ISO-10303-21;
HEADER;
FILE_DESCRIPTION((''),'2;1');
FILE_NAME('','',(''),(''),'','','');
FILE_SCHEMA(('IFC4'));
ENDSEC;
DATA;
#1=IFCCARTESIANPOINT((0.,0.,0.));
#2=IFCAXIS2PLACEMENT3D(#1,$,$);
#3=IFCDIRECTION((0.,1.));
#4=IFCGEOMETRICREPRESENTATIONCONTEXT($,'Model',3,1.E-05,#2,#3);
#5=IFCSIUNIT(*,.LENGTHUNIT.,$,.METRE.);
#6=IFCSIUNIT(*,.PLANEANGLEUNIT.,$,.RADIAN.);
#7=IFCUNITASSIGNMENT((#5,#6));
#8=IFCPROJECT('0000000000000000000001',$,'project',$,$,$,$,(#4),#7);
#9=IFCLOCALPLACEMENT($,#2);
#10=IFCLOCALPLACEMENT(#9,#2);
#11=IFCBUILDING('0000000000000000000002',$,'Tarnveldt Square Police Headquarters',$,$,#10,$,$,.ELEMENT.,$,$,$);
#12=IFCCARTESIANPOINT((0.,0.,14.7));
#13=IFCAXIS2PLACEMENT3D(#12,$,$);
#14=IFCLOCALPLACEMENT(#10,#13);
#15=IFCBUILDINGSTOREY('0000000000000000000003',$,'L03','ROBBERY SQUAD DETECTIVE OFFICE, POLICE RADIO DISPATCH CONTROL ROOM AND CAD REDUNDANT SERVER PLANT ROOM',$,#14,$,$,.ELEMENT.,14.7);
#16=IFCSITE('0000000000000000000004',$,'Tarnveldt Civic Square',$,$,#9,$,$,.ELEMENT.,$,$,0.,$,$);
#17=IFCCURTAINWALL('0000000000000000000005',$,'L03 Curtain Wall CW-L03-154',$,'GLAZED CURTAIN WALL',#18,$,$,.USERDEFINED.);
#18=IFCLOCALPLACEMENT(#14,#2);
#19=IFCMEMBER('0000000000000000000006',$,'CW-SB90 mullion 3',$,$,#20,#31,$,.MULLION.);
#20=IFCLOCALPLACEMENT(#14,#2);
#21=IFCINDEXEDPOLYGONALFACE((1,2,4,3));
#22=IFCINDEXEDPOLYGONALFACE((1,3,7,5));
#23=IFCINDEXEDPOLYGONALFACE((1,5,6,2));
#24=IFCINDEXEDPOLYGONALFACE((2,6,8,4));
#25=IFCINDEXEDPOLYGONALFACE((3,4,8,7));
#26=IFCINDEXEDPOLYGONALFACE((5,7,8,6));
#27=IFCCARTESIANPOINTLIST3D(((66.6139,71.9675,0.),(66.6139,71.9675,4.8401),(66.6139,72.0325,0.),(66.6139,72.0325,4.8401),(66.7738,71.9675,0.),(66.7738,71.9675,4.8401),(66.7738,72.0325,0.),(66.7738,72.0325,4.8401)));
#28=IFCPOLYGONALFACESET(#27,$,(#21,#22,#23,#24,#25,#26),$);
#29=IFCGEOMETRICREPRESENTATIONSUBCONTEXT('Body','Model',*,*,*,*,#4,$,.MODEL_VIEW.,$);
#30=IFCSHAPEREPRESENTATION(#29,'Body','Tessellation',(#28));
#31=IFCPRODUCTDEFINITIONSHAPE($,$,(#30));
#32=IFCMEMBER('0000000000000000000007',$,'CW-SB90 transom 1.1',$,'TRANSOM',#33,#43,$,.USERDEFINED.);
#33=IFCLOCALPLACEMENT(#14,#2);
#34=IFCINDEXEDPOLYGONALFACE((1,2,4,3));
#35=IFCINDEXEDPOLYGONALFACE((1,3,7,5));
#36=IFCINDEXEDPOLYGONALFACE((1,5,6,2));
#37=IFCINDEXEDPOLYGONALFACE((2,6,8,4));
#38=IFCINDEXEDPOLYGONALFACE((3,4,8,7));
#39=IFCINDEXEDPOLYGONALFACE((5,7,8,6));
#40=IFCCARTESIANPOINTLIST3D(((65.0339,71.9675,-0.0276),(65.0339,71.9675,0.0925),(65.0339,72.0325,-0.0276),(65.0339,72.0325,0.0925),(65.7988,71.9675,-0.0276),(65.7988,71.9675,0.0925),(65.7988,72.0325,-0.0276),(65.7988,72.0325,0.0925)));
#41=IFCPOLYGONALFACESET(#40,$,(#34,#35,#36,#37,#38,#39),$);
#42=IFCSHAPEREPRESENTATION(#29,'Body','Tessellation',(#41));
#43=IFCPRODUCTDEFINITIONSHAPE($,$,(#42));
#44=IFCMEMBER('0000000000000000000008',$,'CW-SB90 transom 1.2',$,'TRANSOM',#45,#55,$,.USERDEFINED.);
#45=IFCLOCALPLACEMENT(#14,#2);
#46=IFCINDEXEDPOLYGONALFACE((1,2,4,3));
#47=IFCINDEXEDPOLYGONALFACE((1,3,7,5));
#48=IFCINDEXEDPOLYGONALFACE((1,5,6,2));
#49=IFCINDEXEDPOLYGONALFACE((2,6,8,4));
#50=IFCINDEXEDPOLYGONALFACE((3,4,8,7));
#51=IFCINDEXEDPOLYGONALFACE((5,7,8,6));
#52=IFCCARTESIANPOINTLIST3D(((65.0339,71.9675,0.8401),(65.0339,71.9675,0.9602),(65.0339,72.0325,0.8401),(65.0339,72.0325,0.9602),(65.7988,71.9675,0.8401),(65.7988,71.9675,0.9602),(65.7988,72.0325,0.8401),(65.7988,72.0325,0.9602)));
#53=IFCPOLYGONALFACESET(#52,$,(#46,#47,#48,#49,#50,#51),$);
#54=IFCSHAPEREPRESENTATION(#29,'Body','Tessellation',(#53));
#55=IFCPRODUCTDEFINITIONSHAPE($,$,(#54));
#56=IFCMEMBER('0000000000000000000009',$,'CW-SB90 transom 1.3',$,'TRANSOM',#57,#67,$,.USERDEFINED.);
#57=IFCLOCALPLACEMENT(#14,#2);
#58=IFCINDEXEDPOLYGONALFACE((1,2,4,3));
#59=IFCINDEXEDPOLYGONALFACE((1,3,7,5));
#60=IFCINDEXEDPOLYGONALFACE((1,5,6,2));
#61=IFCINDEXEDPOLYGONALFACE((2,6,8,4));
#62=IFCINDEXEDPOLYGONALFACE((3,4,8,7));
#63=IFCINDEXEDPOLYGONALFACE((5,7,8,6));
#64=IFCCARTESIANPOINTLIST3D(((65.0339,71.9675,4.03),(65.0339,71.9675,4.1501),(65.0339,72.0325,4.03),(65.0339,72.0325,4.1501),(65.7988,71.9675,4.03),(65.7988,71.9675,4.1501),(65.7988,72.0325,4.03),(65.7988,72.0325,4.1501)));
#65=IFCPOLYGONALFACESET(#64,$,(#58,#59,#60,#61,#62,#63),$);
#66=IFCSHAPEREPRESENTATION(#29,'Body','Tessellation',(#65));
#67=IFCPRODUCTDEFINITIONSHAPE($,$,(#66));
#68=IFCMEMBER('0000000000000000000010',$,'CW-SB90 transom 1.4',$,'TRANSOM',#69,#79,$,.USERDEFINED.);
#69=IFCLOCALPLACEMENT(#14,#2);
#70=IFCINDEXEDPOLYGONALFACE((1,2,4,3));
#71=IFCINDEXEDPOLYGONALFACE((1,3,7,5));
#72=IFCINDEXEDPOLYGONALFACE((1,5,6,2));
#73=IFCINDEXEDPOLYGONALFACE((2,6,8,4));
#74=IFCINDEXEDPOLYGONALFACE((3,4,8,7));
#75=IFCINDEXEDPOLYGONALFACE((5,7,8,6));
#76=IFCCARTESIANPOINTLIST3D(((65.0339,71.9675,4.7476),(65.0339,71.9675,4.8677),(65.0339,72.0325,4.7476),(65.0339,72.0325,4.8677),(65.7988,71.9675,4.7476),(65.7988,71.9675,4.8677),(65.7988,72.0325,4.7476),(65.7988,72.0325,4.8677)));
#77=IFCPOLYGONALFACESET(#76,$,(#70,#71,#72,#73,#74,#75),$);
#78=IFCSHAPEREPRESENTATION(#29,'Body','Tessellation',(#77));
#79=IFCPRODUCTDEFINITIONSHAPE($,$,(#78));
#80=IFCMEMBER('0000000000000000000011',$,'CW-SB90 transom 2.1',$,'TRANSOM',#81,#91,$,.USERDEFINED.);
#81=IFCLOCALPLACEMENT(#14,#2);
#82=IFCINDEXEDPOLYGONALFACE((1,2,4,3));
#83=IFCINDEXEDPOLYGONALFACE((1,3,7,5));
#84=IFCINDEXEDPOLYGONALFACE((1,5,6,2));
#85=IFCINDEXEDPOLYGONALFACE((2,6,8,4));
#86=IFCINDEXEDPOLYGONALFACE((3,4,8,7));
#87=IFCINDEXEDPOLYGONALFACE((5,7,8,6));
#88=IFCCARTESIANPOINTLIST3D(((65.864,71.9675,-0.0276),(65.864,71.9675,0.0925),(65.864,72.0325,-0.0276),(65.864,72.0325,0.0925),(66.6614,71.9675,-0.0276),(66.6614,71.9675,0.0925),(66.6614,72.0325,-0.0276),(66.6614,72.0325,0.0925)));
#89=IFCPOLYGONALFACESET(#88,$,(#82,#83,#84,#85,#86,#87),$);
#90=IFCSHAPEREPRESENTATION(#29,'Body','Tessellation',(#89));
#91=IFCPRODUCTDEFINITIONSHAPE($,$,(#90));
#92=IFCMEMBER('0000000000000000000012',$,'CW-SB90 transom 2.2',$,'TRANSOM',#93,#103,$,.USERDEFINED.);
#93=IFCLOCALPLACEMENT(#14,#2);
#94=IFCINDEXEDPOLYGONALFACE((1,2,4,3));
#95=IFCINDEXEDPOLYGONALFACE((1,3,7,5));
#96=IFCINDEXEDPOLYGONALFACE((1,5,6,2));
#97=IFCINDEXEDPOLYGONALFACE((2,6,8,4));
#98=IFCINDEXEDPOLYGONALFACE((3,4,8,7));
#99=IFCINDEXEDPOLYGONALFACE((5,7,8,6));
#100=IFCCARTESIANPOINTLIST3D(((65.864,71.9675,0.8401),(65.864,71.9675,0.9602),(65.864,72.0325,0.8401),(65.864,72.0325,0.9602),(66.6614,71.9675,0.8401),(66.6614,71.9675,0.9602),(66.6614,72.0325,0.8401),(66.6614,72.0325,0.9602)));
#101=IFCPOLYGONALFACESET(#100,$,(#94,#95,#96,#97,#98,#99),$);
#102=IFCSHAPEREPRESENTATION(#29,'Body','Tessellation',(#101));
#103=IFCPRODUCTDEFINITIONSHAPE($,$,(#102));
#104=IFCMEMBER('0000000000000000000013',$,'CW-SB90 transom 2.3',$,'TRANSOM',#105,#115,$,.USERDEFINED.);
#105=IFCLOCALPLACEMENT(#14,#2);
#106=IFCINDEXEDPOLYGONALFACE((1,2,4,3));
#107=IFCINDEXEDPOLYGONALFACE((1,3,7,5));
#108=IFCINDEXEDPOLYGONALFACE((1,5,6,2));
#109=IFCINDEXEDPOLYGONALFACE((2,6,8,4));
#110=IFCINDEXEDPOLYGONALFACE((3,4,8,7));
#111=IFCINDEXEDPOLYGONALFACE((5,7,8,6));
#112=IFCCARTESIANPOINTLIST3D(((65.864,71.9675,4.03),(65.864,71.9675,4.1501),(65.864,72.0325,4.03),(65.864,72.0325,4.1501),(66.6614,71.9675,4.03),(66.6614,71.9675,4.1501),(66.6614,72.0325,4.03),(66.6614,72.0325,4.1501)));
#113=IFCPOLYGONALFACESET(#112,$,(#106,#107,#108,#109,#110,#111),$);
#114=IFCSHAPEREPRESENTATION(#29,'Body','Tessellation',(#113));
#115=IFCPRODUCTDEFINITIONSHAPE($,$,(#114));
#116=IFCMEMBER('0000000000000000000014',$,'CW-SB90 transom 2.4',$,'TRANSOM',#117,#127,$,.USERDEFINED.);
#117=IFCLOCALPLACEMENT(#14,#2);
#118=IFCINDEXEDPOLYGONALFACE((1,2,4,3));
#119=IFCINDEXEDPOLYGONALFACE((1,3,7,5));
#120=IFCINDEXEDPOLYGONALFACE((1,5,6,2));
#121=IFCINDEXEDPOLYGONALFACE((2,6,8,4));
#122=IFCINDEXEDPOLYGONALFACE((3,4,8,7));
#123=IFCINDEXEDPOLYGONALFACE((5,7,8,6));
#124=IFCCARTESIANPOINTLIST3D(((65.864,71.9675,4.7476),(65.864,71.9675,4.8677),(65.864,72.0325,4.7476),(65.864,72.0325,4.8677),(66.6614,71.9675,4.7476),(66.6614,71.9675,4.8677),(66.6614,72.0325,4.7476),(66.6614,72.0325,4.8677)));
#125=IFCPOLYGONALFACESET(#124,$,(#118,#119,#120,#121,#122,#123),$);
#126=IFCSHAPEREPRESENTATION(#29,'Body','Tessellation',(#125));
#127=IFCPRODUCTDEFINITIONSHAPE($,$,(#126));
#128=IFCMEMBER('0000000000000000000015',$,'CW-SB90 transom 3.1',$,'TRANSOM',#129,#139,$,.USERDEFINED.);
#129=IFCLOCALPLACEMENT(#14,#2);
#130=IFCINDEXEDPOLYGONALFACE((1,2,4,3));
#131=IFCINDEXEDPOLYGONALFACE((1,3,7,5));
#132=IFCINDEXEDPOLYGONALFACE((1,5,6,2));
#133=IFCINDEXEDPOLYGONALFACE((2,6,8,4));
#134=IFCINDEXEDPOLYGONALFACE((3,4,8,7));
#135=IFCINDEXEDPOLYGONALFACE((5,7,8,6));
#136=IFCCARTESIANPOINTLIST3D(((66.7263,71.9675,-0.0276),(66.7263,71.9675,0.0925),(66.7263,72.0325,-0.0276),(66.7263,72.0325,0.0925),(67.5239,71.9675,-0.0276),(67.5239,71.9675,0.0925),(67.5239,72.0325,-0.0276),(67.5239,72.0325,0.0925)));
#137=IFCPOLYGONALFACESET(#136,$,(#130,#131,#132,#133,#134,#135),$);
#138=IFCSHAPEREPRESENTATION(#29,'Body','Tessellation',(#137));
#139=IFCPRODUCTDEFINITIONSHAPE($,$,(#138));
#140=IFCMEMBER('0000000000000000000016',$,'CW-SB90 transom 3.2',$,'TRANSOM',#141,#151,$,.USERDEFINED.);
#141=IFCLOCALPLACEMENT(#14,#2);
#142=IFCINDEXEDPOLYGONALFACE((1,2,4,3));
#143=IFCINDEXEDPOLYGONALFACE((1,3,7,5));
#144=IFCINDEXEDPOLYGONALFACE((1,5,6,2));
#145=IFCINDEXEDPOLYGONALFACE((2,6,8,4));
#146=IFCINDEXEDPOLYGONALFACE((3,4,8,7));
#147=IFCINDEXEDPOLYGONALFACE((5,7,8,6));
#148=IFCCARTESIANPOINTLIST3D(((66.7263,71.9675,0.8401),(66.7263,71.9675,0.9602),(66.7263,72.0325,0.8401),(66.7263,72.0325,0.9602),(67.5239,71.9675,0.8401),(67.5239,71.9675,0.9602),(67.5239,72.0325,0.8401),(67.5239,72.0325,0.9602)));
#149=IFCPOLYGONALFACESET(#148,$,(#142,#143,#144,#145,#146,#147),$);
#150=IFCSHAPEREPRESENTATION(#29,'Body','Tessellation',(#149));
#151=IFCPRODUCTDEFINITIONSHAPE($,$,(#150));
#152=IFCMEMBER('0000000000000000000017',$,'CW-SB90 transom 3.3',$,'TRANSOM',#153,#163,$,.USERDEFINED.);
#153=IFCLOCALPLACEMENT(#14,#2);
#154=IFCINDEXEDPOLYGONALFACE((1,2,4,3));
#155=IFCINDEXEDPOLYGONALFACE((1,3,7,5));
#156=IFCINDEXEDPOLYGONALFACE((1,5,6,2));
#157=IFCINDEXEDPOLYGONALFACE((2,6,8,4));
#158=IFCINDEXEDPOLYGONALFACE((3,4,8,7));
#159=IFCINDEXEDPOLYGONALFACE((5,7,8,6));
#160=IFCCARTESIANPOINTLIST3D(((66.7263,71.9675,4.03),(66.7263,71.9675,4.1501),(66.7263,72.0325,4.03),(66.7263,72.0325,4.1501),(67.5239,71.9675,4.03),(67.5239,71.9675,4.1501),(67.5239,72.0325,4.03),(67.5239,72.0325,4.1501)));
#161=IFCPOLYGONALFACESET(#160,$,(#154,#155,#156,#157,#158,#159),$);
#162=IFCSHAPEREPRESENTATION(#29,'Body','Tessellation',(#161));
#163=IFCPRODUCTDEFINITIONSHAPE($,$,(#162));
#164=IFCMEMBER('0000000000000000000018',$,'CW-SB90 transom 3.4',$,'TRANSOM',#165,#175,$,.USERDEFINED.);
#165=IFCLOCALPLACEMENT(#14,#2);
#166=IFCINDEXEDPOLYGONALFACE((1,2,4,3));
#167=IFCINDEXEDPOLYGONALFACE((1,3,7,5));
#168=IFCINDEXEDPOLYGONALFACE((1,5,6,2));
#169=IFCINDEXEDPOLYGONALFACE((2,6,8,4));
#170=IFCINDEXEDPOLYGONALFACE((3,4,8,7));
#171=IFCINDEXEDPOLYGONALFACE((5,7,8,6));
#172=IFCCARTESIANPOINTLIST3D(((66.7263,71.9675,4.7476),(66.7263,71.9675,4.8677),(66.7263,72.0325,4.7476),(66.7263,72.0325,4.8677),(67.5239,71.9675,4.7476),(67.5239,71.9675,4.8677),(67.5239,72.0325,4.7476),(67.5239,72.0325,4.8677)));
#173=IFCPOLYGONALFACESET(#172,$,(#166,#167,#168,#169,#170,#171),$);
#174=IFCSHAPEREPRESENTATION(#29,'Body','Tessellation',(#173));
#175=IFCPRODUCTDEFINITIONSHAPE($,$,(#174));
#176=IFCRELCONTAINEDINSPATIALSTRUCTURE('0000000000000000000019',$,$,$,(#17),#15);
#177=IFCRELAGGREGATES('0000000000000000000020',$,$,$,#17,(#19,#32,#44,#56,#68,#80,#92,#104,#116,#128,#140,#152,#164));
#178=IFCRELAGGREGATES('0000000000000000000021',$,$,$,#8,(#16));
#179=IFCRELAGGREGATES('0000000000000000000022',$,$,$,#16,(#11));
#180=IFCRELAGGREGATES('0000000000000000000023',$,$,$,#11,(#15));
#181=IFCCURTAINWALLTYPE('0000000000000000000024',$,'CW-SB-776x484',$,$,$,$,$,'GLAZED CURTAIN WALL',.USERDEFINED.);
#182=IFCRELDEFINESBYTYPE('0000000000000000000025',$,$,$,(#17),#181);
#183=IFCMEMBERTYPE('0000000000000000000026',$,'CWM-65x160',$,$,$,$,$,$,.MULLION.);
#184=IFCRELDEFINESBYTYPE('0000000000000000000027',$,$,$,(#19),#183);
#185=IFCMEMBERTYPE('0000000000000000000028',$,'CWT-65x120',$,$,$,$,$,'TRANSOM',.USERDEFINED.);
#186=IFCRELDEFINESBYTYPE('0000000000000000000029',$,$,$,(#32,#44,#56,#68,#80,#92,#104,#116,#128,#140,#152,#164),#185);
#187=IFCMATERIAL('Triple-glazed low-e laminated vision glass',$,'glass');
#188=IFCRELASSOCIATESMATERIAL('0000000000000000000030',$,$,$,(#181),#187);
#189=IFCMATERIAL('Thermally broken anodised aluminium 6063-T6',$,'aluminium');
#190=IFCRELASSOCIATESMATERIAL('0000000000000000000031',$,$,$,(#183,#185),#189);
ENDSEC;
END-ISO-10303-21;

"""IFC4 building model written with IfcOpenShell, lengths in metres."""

from ifc_helpers import new_model, si_unit, direction, frame, origin, origin_2d, place, context, subcontext, project, spatial, rectangle, extrude, material, material_profile, profile_set, type_object, element, aggregate, save


model = new_model("IFC4")

# Units and contexts
model_context = context("Model", 3, precision=1e-05, world=origin(), true_north=direction((0.0, 1.0)))
body_context = subcontext(model_context, "Body", "Model", "MODEL_VIEW")
ifc_project = project(units=[si_unit("LENGTHUNIT", "METRE"), si_unit("PLANEANGLEUNIT", "RADIAN")], contexts=[model_context])

# Site, building, storey
site_placement = place(None, origin())
site = spatial("IfcSite", under=ifc_project, at=site_placement, Name="Tarnveldt Civic Square", CompositionType="ELEMENT", RefElevation=0.0)
building_placement = place(site_placement, origin())
building = spatial("IfcBuilding", under=site, at=building_placement, Name="Tarnveldt Square Police Headquarters", CompositionType="ELEMENT")
storey_placement = place(building_placement, frame((0.0, 0.0, 14.7)))
storey = spatial("IfcBuildingStorey", under=building, at=storey_placement, Name="L03", Description="ROBBERY SQUAD DETECTIVE OFFICE, POLICE RADIO DISPATCH CONTROL ROOM AND CAD REDUNDANT SERVER PLANT ROOM", CompositionType="ELEMENT", Elevation=14.7)

# Shared definitions
ifc_material_1 = material(Name="Triple-glazed low-e laminated vision glass", Category="glass")
curtain_wall_type = type_object("IfcCurtainWallType", Name="CW-SB-776x484", ElementType="GLAZED CURTAIN WALL", PredefinedType="USERDEFINED", material=ifc_material_1)
ifc_material_2 = material(Name="Thermally broken anodised aluminium 6063-T6", Category="aluminium")
ifc_material_profile_1 = material_profile(ifc_material_2, rectangle(XDim=0.0649, YDim=0.1599, at=origin_2d()), Name="CW-M65x160")
ifc_profile_set_1 = profile_set([ifc_material_profile_1], Name="Thermally broken anodised aluminium 6063-T6")
member_type_1 = type_object("IfcMemberType", Name="CWM-65x160", PredefinedType="MULLION", material=ifc_profile_set_1)

# Curtain wall, members
curtain_wall_1_placement = place(storey_placement, origin())
curtain_wall_1 = element("IfcCurtainWall", 1, at=curtain_wall_1_placement, inside=storey, type_object=curtain_wall_type, Name="L03 Curtain Wall CW-L03-154", ObjectType="GLAZED CURTAIN WALL", PredefinedType="USERDEFINED")
member_1_placement = place(storey_placement, frame((66.6938, 72.0, 0.0), z_axis=(0.0, 0.0, 1.0), x_axis=(0.0, 1.0, 0.0)))
member_1 = element("IfcMember", 2, at=member_1_placement, type_object=member_type_1, Name="CW-SB90 mullion 3", PredefinedType="MULLION", context=body_context, shape_type="SweptSolid", body=[
    extrude(rectangle(XDim=0.0649, YDim=0.1599, at=origin_2d()), origin(), (0.0, 0.0, 1.0), 4.8401),
])
ifc_material_profile_2 = material_profile(ifc_material_2, rectangle(XDim=0.0649, YDim=0.1201, at=origin_2d()), Name="CW-T65x120")
ifc_profile_set_2 = profile_set([ifc_material_profile_2], Name="Thermally broken anodised aluminium 6063-T6")
member_type_2 = type_object("IfcMemberType", Name="CWT-65x120", ElementType="TRANSOM", PredefinedType="USERDEFINED", material=ifc_profile_set_2)
member_2_placement = place(storey_placement, frame((65.0339, 72.0, 0.0325), z_axis=(1.0, 0.0, 0.0), x_axis=(0.0, 1.0, 0.0)))
member_2 = element("IfcMember", 3, at=member_2_placement, type_object=member_type_2, Name="CW-SB90 transom 1.1", ObjectType="TRANSOM", PredefinedType="USERDEFINED", context=body_context, shape_type="SweptSolid", body=[
    extrude(rectangle(XDim=0.0649, YDim=0.1201, at=origin_2d()), origin(), (0.0, 0.0, 1.0), 0.7649),
])
member_3_placement = place(storey_placement, frame((65.0339, 72.0, 0.9001), z_axis=(1.0, 0.0, 0.0), x_axis=(0.0, 1.0, 0.0)))
member_3 = element("IfcMember", 4, at=member_3_placement, type_object=member_type_2, Name="CW-SB90 transom 1.2", ObjectType="TRANSOM", PredefinedType="USERDEFINED", context=body_context, shape_type="SweptSolid", body=[
    extrude(rectangle(XDim=0.0649, YDim=0.1201, at=origin_2d()), origin(), (0.0, 0.0, 1.0), 0.7649),
])
member_4_placement = place(storey_placement, frame((65.0339, 72.0, 4.0901), z_axis=(1.0, 0.0, 0.0), x_axis=(0.0, 1.0, 0.0)))
member_4 = element("IfcMember", 5, at=member_4_placement, type_object=member_type_2, Name="CW-SB90 transom 1.3", ObjectType="TRANSOM", PredefinedType="USERDEFINED", context=body_context, shape_type="SweptSolid", body=[
    extrude(rectangle(XDim=0.0649, YDim=0.1201, at=origin_2d()), origin(), (0.0, 0.0, 1.0), 0.7649),
])
member_5_placement = place(storey_placement, frame((65.0339, 72.0, 4.8076), z_axis=(1.0, 0.0, 0.0), x_axis=(0.0, 1.0, 0.0)))
member_5 = element("IfcMember", 6, at=member_5_placement, type_object=member_type_2, Name="CW-SB90 transom 1.4", ObjectType="TRANSOM", PredefinedType="USERDEFINED", context=body_context, shape_type="SweptSolid", body=[
    extrude(rectangle(XDim=0.0649, YDim=0.1201, at=origin_2d()), origin(), (0.0, 0.0, 1.0), 0.7649),
])
member_6_placement = place(storey_placement, frame((65.864, 72.0, 0.0325), z_axis=(1.0, 0.0, 0.0), x_axis=(0.0, 1.0, 0.0)))
member_6 = element("IfcMember", 7, at=member_6_placement, type_object=member_type_2, Name="CW-SB90 transom 2.1", ObjectType="TRANSOM", PredefinedType="USERDEFINED", context=body_context, shape_type="SweptSolid", body=[
    extrude(rectangle(XDim=0.0649, YDim=0.1201, at=origin_2d()), origin(), (0.0, 0.0, 1.0), 0.7974),
])
member_7_placement = place(storey_placement, frame((65.864, 72.0, 0.9001), z_axis=(1.0, 0.0, 0.0), x_axis=(0.0, 1.0, 0.0)))
member_7 = element("IfcMember", 8, at=member_7_placement, type_object=member_type_2, Name="CW-SB90 transom 2.2", ObjectType="TRANSOM", PredefinedType="USERDEFINED", context=body_context, shape_type="SweptSolid", body=[
    extrude(rectangle(XDim=0.0649, YDim=0.1201, at=origin_2d()), origin(), (0.0, 0.0, 1.0), 0.7974),
])
member_8_placement = place(storey_placement, frame((65.864, 72.0, 4.0901), z_axis=(1.0, 0.0, 0.0), x_axis=(0.0, 1.0, 0.0)))
member_8 = element("IfcMember", 9, at=member_8_placement, type_object=member_type_2, Name="CW-SB90 transom 2.3", ObjectType="TRANSOM", PredefinedType="USERDEFINED", context=body_context, shape_type="SweptSolid", body=[
    extrude(rectangle(XDim=0.0649, YDim=0.1201, at=origin_2d()), origin(), (0.0, 0.0, 1.0), 0.7974),
])
member_9_placement = place(storey_placement, frame((65.864, 72.0, 4.8076), z_axis=(1.0, 0.0, 0.0), x_axis=(0.0, 1.0, 0.0)))
member_9 = element("IfcMember", 10, at=member_9_placement, type_object=member_type_2, Name="CW-SB90 transom 2.4", ObjectType="TRANSOM", PredefinedType="USERDEFINED", context=body_context, shape_type="SweptSolid", body=[
    extrude(rectangle(XDim=0.0649, YDim=0.1201, at=origin_2d()), origin(), (0.0, 0.0, 1.0), 0.7974),
])
member_10_placement = place(storey_placement, frame((66.7263, 72.0, 0.0325), z_axis=(1.0, 0.0, 0.0), x_axis=(0.0, 1.0, 0.0)))
member_10 = element("IfcMember", 11, at=member_10_placement, type_object=member_type_2, Name="CW-SB90 transom 3.1", ObjectType="TRANSOM", PredefinedType="USERDEFINED", context=body_context, shape_type="SweptSolid", body=[
    extrude(rectangle(XDim=0.0649, YDim=0.1201, at=origin_2d()), origin(), (0.0, 0.0, 1.0), 0.7976),
])
member_11_placement = place(storey_placement, frame((66.7263, 72.0, 0.9001), z_axis=(1.0, 0.0, 0.0), x_axis=(0.0, 1.0, 0.0)))
member_11 = element("IfcMember", 12, at=member_11_placement, type_object=member_type_2, Name="CW-SB90 transom 3.2", ObjectType="TRANSOM", PredefinedType="USERDEFINED", context=body_context, shape_type="SweptSolid", body=[
    extrude(rectangle(XDim=0.0649, YDim=0.1201, at=origin_2d()), origin(), (0.0, 0.0, 1.0), 0.7976),
])
member_12_placement = place(storey_placement, frame((66.7263, 72.0, 4.0901), z_axis=(1.0, 0.0, 0.0), x_axis=(0.0, 1.0, 0.0)))
member_12 = element("IfcMember", 13, at=member_12_placement, type_object=member_type_2, Name="CW-SB90 transom 3.3", ObjectType="TRANSOM", PredefinedType="USERDEFINED", context=body_context, shape_type="SweptSolid", body=[
    extrude(rectangle(XDim=0.0649, YDim=0.1201, at=origin_2d()), origin(), (0.0, 0.0, 1.0), 0.7976),
])
member_13_placement = place(storey_placement, frame((66.7263, 72.0, 4.8076), z_axis=(1.0, 0.0, 0.0), x_axis=(0.0, 1.0, 0.0)))
member_13 = element("IfcMember", 14, at=member_13_placement, type_object=member_type_2, Name="CW-SB90 transom 3.4", ObjectType="TRANSOM", PredefinedType="USERDEFINED", context=body_context, shape_type="SweptSolid", body=[
    extrude(rectangle(XDim=0.0649, YDim=0.1201, at=origin_2d()), origin(), (0.0, 0.0, 1.0), 0.7976),
])

aggregate(curtain_wall_1, [member_1, member_2, member_3, member_4, member_5, member_6, member_7, member_8, member_9, member_10, member_11, member_12, member_13])

save(model, "model.ifc")
